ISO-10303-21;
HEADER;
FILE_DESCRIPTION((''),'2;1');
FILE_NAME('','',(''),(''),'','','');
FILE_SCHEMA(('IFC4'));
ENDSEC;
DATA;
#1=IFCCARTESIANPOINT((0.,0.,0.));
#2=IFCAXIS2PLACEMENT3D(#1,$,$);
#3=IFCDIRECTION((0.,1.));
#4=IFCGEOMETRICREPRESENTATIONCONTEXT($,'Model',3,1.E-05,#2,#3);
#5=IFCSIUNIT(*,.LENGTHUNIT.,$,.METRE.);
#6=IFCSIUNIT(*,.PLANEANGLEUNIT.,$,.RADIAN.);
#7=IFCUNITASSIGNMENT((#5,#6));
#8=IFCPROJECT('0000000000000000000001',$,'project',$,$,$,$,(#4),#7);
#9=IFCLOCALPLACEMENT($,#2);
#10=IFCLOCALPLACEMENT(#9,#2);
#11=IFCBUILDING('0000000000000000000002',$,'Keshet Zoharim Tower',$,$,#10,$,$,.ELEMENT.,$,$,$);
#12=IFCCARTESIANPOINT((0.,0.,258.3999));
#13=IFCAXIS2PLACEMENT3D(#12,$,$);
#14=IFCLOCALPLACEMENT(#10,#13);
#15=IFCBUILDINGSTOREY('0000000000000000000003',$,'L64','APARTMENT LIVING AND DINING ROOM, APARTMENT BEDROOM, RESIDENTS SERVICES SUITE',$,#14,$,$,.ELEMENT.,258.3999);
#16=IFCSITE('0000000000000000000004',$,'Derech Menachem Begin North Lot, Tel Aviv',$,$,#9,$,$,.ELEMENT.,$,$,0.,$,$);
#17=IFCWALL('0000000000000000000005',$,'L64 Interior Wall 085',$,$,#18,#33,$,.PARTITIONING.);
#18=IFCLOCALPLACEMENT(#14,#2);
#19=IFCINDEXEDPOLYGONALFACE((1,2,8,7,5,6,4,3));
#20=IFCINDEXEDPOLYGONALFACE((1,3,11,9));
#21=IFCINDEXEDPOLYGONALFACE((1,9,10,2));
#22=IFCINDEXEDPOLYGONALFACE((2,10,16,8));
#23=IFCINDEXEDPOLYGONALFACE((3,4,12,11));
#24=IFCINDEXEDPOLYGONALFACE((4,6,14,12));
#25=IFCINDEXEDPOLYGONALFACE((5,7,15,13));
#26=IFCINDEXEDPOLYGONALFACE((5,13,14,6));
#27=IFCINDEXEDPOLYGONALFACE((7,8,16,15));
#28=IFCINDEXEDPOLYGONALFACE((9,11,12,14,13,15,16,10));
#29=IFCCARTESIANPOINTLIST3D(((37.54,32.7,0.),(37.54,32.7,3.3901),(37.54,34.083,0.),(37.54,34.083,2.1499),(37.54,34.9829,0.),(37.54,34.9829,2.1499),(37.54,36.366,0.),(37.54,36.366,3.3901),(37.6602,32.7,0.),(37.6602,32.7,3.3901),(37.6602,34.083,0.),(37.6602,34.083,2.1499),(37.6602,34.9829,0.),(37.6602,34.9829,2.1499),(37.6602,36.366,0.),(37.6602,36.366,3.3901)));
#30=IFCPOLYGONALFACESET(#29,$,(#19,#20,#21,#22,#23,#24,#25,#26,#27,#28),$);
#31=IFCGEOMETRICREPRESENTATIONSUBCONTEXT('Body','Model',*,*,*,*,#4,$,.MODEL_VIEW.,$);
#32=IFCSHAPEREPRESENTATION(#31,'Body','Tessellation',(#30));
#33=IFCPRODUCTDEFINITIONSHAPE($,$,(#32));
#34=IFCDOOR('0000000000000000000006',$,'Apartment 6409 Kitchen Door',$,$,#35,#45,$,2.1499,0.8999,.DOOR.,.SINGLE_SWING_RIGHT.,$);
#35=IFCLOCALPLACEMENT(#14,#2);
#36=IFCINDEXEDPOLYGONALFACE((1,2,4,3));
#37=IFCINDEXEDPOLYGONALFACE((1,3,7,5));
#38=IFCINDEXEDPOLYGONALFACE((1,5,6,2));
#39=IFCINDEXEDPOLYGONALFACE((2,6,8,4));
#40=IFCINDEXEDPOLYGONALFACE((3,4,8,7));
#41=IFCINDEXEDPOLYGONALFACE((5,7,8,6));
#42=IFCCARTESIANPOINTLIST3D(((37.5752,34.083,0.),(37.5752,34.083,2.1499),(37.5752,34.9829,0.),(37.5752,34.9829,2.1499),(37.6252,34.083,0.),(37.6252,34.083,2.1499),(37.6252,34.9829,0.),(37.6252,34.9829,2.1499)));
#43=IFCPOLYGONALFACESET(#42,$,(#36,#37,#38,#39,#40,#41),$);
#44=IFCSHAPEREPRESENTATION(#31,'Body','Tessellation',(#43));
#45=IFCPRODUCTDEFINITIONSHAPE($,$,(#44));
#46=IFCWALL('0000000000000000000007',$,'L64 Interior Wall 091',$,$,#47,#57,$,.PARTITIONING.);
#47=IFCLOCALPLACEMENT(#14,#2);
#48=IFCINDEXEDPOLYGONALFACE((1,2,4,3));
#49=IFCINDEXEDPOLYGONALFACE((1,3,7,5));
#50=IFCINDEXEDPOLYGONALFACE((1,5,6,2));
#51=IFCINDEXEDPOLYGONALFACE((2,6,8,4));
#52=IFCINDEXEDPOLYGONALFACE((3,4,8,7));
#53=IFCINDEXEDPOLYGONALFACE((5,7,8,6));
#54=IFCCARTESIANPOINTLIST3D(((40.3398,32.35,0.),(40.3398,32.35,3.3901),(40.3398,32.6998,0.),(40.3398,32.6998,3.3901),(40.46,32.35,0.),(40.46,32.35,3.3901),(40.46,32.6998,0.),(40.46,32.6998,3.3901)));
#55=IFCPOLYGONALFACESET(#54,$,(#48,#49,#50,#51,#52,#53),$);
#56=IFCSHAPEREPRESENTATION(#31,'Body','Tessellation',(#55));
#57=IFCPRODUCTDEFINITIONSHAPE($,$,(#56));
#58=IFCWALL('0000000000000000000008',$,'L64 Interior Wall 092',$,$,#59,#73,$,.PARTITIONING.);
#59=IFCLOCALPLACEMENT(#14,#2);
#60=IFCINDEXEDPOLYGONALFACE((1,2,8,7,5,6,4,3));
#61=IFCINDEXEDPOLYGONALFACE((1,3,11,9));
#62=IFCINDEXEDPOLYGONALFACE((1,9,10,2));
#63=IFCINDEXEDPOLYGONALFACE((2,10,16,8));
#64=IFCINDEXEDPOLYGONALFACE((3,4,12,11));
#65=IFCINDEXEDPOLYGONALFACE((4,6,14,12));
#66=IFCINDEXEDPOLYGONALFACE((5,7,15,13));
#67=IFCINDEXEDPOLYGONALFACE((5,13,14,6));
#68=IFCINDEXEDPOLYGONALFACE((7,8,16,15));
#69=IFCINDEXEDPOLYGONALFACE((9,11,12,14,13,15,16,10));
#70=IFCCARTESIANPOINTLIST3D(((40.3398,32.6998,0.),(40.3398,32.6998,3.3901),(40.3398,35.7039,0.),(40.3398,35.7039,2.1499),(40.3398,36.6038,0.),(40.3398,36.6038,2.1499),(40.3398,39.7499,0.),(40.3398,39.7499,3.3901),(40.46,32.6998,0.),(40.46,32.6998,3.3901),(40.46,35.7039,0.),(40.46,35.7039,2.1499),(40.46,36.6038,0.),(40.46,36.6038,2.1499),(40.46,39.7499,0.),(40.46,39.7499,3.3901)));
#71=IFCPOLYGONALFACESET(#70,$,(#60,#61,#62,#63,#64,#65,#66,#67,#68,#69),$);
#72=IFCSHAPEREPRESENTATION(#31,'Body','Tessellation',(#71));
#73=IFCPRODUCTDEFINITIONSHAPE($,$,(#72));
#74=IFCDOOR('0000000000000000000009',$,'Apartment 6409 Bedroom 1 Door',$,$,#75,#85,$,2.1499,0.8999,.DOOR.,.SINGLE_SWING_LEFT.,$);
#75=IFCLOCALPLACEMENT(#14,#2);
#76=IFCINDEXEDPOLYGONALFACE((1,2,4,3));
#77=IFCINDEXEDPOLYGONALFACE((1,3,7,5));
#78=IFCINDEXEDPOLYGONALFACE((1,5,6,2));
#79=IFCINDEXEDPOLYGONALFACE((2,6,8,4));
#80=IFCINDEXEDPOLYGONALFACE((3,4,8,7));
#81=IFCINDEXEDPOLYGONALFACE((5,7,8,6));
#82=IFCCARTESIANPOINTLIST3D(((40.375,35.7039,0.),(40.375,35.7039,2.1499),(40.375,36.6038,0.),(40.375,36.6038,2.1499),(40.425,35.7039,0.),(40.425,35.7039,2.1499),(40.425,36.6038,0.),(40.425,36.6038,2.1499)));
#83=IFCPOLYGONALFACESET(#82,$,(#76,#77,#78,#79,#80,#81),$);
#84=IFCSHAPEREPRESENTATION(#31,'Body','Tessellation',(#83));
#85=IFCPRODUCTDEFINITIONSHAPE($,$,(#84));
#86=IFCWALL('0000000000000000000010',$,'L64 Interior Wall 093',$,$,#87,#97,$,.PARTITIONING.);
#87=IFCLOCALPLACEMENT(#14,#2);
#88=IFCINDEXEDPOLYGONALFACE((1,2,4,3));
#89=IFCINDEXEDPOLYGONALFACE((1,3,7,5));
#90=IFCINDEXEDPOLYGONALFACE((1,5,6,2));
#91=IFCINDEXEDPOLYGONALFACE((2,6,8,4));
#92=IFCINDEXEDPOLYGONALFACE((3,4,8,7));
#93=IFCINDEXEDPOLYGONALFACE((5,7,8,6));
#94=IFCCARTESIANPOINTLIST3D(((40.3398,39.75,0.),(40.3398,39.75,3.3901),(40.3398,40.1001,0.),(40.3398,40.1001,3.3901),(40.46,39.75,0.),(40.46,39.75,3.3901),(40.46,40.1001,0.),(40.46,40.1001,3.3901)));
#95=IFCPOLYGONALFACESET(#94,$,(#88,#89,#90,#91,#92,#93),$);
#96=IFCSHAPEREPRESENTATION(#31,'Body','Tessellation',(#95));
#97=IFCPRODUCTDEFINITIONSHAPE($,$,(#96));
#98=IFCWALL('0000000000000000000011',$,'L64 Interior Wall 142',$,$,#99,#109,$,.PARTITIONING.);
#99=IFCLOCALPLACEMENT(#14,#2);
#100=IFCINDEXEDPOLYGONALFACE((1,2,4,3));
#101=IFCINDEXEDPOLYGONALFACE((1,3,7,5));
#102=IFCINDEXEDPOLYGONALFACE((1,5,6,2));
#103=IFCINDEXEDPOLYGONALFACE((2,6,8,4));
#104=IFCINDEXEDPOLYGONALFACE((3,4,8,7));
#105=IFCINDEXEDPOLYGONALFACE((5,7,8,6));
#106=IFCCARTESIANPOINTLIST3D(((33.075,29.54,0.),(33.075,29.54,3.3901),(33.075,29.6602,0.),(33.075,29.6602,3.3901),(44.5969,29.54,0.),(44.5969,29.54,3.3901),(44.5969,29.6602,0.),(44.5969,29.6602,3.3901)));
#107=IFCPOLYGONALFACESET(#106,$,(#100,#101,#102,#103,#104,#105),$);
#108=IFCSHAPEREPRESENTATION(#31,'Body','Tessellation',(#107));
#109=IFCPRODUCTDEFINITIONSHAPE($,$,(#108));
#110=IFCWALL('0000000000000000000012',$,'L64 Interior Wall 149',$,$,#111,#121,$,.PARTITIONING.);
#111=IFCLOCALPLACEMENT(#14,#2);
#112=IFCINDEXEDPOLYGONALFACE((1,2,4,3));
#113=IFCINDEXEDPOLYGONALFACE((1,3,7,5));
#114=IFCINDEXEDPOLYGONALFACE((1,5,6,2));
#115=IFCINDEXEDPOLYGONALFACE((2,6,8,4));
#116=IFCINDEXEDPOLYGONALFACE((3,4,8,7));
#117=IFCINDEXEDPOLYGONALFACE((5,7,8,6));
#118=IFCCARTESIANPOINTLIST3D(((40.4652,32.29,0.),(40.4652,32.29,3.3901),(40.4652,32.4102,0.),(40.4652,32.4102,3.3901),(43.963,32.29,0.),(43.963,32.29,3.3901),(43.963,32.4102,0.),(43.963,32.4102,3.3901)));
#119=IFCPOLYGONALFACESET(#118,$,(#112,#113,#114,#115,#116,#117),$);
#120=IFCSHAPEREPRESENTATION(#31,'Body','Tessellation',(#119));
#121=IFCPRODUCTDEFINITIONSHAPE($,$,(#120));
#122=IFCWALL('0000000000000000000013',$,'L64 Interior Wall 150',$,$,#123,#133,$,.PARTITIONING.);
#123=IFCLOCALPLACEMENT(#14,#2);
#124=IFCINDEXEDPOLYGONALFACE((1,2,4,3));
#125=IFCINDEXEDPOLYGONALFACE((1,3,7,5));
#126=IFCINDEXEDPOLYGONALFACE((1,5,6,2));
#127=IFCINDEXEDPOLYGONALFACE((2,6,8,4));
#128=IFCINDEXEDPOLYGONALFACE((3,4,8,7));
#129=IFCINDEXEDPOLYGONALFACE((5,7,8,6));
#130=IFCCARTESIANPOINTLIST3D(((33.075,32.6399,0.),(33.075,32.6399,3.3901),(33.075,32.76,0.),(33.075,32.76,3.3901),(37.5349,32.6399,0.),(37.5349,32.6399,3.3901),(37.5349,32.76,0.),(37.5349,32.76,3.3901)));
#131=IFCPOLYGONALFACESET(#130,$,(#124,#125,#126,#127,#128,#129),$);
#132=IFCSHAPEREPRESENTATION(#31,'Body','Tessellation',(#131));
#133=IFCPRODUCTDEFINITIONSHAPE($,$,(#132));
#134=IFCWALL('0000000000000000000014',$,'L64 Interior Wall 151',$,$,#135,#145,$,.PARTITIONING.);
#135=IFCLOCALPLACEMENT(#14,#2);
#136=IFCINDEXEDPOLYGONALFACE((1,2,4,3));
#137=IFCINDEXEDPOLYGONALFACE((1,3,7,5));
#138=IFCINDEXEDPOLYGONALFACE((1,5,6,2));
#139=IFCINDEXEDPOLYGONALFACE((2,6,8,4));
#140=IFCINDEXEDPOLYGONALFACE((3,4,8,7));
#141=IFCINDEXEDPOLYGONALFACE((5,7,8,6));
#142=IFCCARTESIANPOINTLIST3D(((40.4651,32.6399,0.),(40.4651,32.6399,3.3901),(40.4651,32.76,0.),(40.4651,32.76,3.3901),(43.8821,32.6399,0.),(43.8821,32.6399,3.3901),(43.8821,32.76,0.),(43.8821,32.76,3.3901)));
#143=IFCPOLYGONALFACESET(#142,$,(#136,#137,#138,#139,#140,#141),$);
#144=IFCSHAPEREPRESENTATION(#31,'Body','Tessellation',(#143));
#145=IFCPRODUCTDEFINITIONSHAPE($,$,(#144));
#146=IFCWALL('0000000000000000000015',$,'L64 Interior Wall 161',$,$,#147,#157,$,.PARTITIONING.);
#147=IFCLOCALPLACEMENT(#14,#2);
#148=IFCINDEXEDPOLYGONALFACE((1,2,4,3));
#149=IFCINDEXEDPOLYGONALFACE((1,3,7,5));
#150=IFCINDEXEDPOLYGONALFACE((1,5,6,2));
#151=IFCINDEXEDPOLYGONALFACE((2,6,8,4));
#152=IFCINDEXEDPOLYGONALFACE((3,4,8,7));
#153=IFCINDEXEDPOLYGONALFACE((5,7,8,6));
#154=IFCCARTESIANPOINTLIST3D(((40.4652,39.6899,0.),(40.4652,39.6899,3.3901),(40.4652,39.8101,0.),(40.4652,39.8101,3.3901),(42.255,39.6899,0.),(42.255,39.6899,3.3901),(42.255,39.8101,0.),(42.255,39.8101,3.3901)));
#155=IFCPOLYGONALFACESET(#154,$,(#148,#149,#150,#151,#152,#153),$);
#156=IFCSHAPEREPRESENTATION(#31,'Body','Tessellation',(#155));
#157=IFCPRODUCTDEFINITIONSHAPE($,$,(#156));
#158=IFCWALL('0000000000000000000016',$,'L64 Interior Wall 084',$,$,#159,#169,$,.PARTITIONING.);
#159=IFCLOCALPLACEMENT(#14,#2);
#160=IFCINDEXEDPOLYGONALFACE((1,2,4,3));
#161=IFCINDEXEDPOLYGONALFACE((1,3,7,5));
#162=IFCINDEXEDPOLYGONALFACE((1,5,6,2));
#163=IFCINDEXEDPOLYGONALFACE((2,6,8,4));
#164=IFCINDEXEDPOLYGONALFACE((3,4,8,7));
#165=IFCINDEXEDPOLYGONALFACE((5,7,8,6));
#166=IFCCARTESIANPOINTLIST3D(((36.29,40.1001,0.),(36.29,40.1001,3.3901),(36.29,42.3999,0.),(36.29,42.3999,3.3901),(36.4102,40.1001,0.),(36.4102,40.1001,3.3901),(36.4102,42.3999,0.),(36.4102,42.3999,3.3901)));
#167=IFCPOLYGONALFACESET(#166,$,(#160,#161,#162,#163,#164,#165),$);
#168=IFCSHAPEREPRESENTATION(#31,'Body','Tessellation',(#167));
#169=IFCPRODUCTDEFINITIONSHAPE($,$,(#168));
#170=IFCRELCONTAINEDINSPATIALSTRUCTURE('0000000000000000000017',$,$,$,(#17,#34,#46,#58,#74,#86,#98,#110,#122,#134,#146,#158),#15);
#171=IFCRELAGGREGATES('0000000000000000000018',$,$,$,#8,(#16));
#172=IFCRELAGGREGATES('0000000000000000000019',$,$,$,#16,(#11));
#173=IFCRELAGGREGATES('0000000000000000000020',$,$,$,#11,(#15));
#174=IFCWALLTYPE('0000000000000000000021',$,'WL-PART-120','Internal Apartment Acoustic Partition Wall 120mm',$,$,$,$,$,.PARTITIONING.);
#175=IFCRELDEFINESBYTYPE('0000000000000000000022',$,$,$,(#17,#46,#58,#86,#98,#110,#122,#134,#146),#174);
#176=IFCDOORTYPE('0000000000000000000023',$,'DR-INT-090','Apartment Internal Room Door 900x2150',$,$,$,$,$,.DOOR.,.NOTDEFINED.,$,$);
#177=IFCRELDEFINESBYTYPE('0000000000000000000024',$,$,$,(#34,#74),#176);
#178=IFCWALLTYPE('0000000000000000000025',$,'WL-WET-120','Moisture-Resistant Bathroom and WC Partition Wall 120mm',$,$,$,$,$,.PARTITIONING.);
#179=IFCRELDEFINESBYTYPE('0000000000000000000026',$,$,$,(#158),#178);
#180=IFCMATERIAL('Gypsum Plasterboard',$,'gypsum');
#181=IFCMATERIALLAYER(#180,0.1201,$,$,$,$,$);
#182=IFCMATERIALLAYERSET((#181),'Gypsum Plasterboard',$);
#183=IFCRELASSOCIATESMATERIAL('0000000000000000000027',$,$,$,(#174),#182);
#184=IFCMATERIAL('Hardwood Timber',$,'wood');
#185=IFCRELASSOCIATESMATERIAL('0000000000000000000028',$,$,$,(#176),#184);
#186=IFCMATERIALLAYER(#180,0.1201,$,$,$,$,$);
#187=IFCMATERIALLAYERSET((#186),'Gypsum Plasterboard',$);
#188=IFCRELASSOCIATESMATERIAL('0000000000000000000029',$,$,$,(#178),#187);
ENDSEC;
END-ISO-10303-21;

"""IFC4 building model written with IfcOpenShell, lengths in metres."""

from ifc_helpers import new_model, si_unit, direction, frame, frame_2d, origin, place, context, subcontext, project, spatial, rectangle, extrude, material, layer, layer_set, type_object, element, fill, save


model = new_model("IFC4")

# Units and contexts
model_context = context("Model", 3, precision=1e-05, world=origin(), true_north=direction((0.0, 1.0)))
body_context = subcontext(model_context, "Body", "Model", "MODEL_VIEW")
ifc_project = project(units=[si_unit("LENGTHUNIT", "METRE"), si_unit("PLANEANGLEUNIT", "RADIAN")], contexts=[model_context])

# Site, building, storey
site_placement = place(None, origin())
site = spatial("IfcSite", under=ifc_project, at=site_placement, Name="Derech Menachem Begin North Lot, Tel Aviv", CompositionType="ELEMENT", RefElevation=0.0)
building_placement = place(site_placement, origin())
building = spatial("IfcBuilding", under=site, at=building_placement, Name="Keshet Zoharim Tower", CompositionType="ELEMENT")
storey_placement = place(building_placement, frame((0.0, 0.0, 258.3999)))
storey = spatial("IfcBuildingStorey", under=building, at=storey_placement, Name="L64", Description="APARTMENT LIVING AND DINING ROOM, APARTMENT BEDROOM, RESIDENTS SERVICES SUITE", CompositionType="ELEMENT", Elevation=258.3999)

# Shared definitions
ifc_material_1 = material(Name="Gypsum Plasterboard", Category="gypsum")

# Wall, opening, door
ifc_layer_1 = layer(ifc_material_1, 0.1201)
ifc_layer_set_1 = layer_set([ifc_layer_1], Name="Gypsum Plasterboard")
wall_type_1 = type_object("IfcWallType", Name="WL-PART-120", Description="Internal Apartment Acoustic Partition Wall 120mm", PredefinedType="PARTITIONING", material=ifc_layer_set_1)
wall_1_placement = place(storey_placement, frame((37.6001, 32.7, 0.0), z_axis=(0.0, 0.0, 1.0), x_axis=(0.0, 1.0, 0.0)))
wall_1 = element("IfcWall", 1, at=wall_1_placement, inside=storey, type_object=wall_type_1, Name="L64 Interior Wall 085", PredefinedType="PARTITIONING", context=body_context, shape_type="SweptSolid", body=[
    extrude(rectangle(XDim=3.666, YDim=0.1201, at=frame_2d((1.833, 0.0))), origin(), (0.0, 0.0, 1.0), 3.3901),
])
opening_1_placement = place(wall_1_placement, frame((1.3831, 0.0, 0.0)))
opening_1 = element("IfcOpeningElement", 2, at=opening_1_placement, cuts=wall_1, PredefinedType="OPENING", context=body_context, shape_type="SweptSolid", body=[
    extrude(rectangle(XDim=0.8999, YDim=2.1499, at=frame_2d((0.45, 1.075))), frame((0.0, 0.0701, 0.0), z_axis=(0.0, -1.0, 0.0), x_axis=(1.0, 0.0, 0.0)), (0.0, 0.0, 1.0), 0.1401),
])
ifc_material_2 = material(Name="Hardwood Timber", Category="wood")
door_type_1 = type_object("IfcDoorType", Name="DR-INT-090", Description="Apartment Internal Room Door 900x2150", OperationType="NOTDEFINED", PredefinedType="DOOR", material=ifc_material_2)
door_1_placement = place(opening_1_placement, origin())
door_1 = element("IfcDoor", 3, at=door_1_placement, inside=storey, type_object=door_type_1, Name="Apartment 6409 Kitchen Door", OperationType="SINGLE_SWING_RIGHT", OverallHeight=2.1499, OverallWidth=0.8999, PredefinedType="DOOR", context=body_context, shape_type="SweptSolid", body=[
    extrude(rectangle(XDim=0.8999, YDim=2.1499, at=frame_2d((0.45, 1.075))), frame((0.0, 0.0249, 0.0), z_axis=(0.0, -1.0, 0.0), x_axis=(1.0, 0.0, 0.0)), (0.0, 0.0, 1.0), 0.05),
])
fill(opening_1, door_1)

# Wall
wall_2_placement = place(storey_placement, frame((40.3999, 32.3501, 0.0), z_axis=(0.0, 0.0, 1.0), x_axis=(0.0, 1.0, 0.0)))
element("IfcWall", 4, at=wall_2_placement, inside=storey, type_object=wall_type_1, Name="L64 Interior Wall 091", PredefinedType="PARTITIONING", context=body_context, shape_type="SweptSolid", body=[
    extrude(rectangle(XDim=0.3499, YDim=0.1201, at=frame_2d((0.1748, 0.0))), origin(), (0.0, 0.0, 1.0), 3.3901),
])

# Wall, opening, door
wall_3_placement = place(storey_placement, frame((40.3999, 32.7, 0.0), z_axis=(0.0, 0.0, 1.0), x_axis=(0.0, 1.0, 0.0)))
wall_3 = element("IfcWall", 5, at=wall_3_placement, inside=storey, type_object=wall_type_1, Name="L64 Interior Wall 092", PredefinedType="PARTITIONING", context=body_context, shape_type="SweptSolid", body=[
    extrude(rectangle(XDim=7.05, YDim=0.1201, at=frame_2d((3.5249, 0.0))), origin(), (0.0, 0.0, 1.0), 3.3901),
])
opening_2_placement = place(wall_3_placement, frame((3.0039, 0.0, 0.0)))
opening_2 = element("IfcOpeningElement", 6, at=opening_2_placement, cuts=wall_3, PredefinedType="OPENING", context=body_context, shape_type="SweptSolid", body=[
    extrude(rectangle(XDim=0.8999, YDim=2.1499, at=frame_2d((0.45, 1.075))), frame((0.0, 0.0701, 0.0), z_axis=(0.0, -1.0, 0.0), x_axis=(1.0, 0.0, 0.0)), (0.0, 0.0, 1.0), 0.1401),
])
door_2_placement = place(opening_2_placement, origin())
door_2 = element("IfcDoor", 7, at=door_2_placement, inside=storey, type_object=door_type_1, Name="Apartment 6409 Bedroom 1 Door", OperationType="SINGLE_SWING_LEFT", OverallHeight=2.1499, OverallWidth=0.8999, PredefinedType="DOOR", context=body_context, shape_type="SweptSolid", body=[
    extrude(rectangle(XDim=0.8999, YDim=2.1499, at=frame_2d((0.45, 1.075))), frame((0.0, 0.0249, 0.0), z_axis=(0.0, -1.0, 0.0), x_axis=(1.0, 0.0, 0.0)), (0.0, 0.0, 1.0), 0.05),
])
fill(opening_2, door_2)

# Walls
wall_4_placement = place(storey_placement, frame((40.3999, 39.75, 0.0), z_axis=(0.0, 0.0, 1.0), x_axis=(0.0, 1.0, 0.0)))
element("IfcWall", 8, at=wall_4_placement, inside=storey, type_object=wall_type_1, Name="L64 Interior Wall 093", PredefinedType="PARTITIONING", context=body_context, shape_type="SweptSolid", body=[
    extrude(rectangle(XDim=0.3501, YDim=0.1201, at=frame_2d((0.175, 0.0))), origin(), (0.0, 0.0, 1.0), 3.3901),
])
wall_5_placement = place(storey_placement, frame((33.075, 29.6001, 0.0), z_axis=(0.0, 0.0, 1.0), x_axis=(1.0, 0.0, 0.0)))
element("IfcWall", 9, at=wall_5_placement, inside=storey, type_object=wall_type_1, Name="L64 Interior Wall 142", PredefinedType="PARTITIONING", context=body_context, shape_type="SweptSolid", body=[
    extrude(rectangle(XDim=11.522, YDim=0.1201, at=frame_2d((5.761, 0.0))), origin(), (0.0, 0.0, 1.0), 3.3901),
])
wall_6_placement = place(storey_placement, frame((40.4651, 32.3501, 0.0), z_axis=(0.0, 0.0, 1.0), x_axis=(1.0, 0.0, 0.0)))
element("IfcWall", 10, at=wall_6_placement, inside=storey, type_object=wall_type_1, Name="L64 Interior Wall 149", PredefinedType="PARTITIONING", context=body_context, shape_type="SweptSolid", body=[
    extrude(rectangle(XDim=3.4978, YDim=0.1201, at=frame_2d((1.749, 0.0))), origin(), (0.0, 0.0, 1.0), 3.3901),
])
wall_7_placement = place(storey_placement, frame((33.075, 32.7, 0.0), z_axis=(0.0, 0.0, 1.0), x_axis=(1.0, 0.0, 0.0)))
element("IfcWall", 11, at=wall_7_placement, inside=storey, type_object=wall_type_1, Name="L64 Interior Wall 150", PredefinedType="PARTITIONING", context=body_context, shape_type="SweptSolid", body=[
    extrude(rectangle(XDim=4.46, YDim=0.1201, at=frame_2d((2.23, 0.0))), origin(), (0.0, 0.0, 1.0), 3.3901),
])
wall_8_placement = place(storey_placement, frame((40.4651, 32.7, 0.0), z_axis=(0.0, 0.0, 1.0), x_axis=(1.0, 0.0, 0.0)))
element("IfcWall", 12, at=wall_8_placement, inside=storey, type_object=wall_type_1, Name="L64 Interior Wall 151", PredefinedType="PARTITIONING", context=body_context, shape_type="SweptSolid", body=[
    extrude(rectangle(XDim=3.417, YDim=0.1201, at=frame_2d((1.7085, 0.0))), origin(), (0.0, 0.0, 1.0), 3.3901),
])
wall_9_placement = place(storey_placement, frame((40.4651, 39.75, 0.0), z_axis=(0.0, 0.0, 1.0), x_axis=(1.0, 0.0, 0.0)))
element("IfcWall", 13, at=wall_9_placement, inside=storey, type_object=wall_type_1, Name="L64 Interior Wall 161", PredefinedType="PARTITIONING", context=body_context, shape_type="SweptSolid", body=[
    extrude(rectangle(XDim=1.7898, YDim=0.1201, at=frame_2d((0.895, 0.0))), origin(), (0.0, 0.0, 1.0), 3.3901),
])
ifc_layer_2 = layer(ifc_material_1, 0.1201)
ifc_layer_set_2 = layer_set([ifc_layer_2], Name="Gypsum Plasterboard")
wall_type_2 = type_object("IfcWallType", Name="WL-WET-120", Description="Moisture-Resistant Bathroom and WC Partition Wall 120mm", PredefinedType="PARTITIONING", material=ifc_layer_set_2)
wall_10_placement = place(storey_placement, frame((36.3501, 40.1001, 0.0), z_axis=(0.0, 0.0, 1.0), x_axis=(0.0, 1.0, 0.0)))
element("IfcWall", 14, at=wall_10_placement, inside=storey, type_object=wall_type_2, Name="L64 Interior Wall 084", PredefinedType="PARTITIONING", context=body_context, shape_type="SweptSolid", body=[
    extrude(rectangle(XDim=2.2998, YDim=0.1201, at=frame_2d((1.1499, 0.0))), origin(), (0.0, 0.0, 1.0), 3.3901),
])

save(model, "model.ifc")
